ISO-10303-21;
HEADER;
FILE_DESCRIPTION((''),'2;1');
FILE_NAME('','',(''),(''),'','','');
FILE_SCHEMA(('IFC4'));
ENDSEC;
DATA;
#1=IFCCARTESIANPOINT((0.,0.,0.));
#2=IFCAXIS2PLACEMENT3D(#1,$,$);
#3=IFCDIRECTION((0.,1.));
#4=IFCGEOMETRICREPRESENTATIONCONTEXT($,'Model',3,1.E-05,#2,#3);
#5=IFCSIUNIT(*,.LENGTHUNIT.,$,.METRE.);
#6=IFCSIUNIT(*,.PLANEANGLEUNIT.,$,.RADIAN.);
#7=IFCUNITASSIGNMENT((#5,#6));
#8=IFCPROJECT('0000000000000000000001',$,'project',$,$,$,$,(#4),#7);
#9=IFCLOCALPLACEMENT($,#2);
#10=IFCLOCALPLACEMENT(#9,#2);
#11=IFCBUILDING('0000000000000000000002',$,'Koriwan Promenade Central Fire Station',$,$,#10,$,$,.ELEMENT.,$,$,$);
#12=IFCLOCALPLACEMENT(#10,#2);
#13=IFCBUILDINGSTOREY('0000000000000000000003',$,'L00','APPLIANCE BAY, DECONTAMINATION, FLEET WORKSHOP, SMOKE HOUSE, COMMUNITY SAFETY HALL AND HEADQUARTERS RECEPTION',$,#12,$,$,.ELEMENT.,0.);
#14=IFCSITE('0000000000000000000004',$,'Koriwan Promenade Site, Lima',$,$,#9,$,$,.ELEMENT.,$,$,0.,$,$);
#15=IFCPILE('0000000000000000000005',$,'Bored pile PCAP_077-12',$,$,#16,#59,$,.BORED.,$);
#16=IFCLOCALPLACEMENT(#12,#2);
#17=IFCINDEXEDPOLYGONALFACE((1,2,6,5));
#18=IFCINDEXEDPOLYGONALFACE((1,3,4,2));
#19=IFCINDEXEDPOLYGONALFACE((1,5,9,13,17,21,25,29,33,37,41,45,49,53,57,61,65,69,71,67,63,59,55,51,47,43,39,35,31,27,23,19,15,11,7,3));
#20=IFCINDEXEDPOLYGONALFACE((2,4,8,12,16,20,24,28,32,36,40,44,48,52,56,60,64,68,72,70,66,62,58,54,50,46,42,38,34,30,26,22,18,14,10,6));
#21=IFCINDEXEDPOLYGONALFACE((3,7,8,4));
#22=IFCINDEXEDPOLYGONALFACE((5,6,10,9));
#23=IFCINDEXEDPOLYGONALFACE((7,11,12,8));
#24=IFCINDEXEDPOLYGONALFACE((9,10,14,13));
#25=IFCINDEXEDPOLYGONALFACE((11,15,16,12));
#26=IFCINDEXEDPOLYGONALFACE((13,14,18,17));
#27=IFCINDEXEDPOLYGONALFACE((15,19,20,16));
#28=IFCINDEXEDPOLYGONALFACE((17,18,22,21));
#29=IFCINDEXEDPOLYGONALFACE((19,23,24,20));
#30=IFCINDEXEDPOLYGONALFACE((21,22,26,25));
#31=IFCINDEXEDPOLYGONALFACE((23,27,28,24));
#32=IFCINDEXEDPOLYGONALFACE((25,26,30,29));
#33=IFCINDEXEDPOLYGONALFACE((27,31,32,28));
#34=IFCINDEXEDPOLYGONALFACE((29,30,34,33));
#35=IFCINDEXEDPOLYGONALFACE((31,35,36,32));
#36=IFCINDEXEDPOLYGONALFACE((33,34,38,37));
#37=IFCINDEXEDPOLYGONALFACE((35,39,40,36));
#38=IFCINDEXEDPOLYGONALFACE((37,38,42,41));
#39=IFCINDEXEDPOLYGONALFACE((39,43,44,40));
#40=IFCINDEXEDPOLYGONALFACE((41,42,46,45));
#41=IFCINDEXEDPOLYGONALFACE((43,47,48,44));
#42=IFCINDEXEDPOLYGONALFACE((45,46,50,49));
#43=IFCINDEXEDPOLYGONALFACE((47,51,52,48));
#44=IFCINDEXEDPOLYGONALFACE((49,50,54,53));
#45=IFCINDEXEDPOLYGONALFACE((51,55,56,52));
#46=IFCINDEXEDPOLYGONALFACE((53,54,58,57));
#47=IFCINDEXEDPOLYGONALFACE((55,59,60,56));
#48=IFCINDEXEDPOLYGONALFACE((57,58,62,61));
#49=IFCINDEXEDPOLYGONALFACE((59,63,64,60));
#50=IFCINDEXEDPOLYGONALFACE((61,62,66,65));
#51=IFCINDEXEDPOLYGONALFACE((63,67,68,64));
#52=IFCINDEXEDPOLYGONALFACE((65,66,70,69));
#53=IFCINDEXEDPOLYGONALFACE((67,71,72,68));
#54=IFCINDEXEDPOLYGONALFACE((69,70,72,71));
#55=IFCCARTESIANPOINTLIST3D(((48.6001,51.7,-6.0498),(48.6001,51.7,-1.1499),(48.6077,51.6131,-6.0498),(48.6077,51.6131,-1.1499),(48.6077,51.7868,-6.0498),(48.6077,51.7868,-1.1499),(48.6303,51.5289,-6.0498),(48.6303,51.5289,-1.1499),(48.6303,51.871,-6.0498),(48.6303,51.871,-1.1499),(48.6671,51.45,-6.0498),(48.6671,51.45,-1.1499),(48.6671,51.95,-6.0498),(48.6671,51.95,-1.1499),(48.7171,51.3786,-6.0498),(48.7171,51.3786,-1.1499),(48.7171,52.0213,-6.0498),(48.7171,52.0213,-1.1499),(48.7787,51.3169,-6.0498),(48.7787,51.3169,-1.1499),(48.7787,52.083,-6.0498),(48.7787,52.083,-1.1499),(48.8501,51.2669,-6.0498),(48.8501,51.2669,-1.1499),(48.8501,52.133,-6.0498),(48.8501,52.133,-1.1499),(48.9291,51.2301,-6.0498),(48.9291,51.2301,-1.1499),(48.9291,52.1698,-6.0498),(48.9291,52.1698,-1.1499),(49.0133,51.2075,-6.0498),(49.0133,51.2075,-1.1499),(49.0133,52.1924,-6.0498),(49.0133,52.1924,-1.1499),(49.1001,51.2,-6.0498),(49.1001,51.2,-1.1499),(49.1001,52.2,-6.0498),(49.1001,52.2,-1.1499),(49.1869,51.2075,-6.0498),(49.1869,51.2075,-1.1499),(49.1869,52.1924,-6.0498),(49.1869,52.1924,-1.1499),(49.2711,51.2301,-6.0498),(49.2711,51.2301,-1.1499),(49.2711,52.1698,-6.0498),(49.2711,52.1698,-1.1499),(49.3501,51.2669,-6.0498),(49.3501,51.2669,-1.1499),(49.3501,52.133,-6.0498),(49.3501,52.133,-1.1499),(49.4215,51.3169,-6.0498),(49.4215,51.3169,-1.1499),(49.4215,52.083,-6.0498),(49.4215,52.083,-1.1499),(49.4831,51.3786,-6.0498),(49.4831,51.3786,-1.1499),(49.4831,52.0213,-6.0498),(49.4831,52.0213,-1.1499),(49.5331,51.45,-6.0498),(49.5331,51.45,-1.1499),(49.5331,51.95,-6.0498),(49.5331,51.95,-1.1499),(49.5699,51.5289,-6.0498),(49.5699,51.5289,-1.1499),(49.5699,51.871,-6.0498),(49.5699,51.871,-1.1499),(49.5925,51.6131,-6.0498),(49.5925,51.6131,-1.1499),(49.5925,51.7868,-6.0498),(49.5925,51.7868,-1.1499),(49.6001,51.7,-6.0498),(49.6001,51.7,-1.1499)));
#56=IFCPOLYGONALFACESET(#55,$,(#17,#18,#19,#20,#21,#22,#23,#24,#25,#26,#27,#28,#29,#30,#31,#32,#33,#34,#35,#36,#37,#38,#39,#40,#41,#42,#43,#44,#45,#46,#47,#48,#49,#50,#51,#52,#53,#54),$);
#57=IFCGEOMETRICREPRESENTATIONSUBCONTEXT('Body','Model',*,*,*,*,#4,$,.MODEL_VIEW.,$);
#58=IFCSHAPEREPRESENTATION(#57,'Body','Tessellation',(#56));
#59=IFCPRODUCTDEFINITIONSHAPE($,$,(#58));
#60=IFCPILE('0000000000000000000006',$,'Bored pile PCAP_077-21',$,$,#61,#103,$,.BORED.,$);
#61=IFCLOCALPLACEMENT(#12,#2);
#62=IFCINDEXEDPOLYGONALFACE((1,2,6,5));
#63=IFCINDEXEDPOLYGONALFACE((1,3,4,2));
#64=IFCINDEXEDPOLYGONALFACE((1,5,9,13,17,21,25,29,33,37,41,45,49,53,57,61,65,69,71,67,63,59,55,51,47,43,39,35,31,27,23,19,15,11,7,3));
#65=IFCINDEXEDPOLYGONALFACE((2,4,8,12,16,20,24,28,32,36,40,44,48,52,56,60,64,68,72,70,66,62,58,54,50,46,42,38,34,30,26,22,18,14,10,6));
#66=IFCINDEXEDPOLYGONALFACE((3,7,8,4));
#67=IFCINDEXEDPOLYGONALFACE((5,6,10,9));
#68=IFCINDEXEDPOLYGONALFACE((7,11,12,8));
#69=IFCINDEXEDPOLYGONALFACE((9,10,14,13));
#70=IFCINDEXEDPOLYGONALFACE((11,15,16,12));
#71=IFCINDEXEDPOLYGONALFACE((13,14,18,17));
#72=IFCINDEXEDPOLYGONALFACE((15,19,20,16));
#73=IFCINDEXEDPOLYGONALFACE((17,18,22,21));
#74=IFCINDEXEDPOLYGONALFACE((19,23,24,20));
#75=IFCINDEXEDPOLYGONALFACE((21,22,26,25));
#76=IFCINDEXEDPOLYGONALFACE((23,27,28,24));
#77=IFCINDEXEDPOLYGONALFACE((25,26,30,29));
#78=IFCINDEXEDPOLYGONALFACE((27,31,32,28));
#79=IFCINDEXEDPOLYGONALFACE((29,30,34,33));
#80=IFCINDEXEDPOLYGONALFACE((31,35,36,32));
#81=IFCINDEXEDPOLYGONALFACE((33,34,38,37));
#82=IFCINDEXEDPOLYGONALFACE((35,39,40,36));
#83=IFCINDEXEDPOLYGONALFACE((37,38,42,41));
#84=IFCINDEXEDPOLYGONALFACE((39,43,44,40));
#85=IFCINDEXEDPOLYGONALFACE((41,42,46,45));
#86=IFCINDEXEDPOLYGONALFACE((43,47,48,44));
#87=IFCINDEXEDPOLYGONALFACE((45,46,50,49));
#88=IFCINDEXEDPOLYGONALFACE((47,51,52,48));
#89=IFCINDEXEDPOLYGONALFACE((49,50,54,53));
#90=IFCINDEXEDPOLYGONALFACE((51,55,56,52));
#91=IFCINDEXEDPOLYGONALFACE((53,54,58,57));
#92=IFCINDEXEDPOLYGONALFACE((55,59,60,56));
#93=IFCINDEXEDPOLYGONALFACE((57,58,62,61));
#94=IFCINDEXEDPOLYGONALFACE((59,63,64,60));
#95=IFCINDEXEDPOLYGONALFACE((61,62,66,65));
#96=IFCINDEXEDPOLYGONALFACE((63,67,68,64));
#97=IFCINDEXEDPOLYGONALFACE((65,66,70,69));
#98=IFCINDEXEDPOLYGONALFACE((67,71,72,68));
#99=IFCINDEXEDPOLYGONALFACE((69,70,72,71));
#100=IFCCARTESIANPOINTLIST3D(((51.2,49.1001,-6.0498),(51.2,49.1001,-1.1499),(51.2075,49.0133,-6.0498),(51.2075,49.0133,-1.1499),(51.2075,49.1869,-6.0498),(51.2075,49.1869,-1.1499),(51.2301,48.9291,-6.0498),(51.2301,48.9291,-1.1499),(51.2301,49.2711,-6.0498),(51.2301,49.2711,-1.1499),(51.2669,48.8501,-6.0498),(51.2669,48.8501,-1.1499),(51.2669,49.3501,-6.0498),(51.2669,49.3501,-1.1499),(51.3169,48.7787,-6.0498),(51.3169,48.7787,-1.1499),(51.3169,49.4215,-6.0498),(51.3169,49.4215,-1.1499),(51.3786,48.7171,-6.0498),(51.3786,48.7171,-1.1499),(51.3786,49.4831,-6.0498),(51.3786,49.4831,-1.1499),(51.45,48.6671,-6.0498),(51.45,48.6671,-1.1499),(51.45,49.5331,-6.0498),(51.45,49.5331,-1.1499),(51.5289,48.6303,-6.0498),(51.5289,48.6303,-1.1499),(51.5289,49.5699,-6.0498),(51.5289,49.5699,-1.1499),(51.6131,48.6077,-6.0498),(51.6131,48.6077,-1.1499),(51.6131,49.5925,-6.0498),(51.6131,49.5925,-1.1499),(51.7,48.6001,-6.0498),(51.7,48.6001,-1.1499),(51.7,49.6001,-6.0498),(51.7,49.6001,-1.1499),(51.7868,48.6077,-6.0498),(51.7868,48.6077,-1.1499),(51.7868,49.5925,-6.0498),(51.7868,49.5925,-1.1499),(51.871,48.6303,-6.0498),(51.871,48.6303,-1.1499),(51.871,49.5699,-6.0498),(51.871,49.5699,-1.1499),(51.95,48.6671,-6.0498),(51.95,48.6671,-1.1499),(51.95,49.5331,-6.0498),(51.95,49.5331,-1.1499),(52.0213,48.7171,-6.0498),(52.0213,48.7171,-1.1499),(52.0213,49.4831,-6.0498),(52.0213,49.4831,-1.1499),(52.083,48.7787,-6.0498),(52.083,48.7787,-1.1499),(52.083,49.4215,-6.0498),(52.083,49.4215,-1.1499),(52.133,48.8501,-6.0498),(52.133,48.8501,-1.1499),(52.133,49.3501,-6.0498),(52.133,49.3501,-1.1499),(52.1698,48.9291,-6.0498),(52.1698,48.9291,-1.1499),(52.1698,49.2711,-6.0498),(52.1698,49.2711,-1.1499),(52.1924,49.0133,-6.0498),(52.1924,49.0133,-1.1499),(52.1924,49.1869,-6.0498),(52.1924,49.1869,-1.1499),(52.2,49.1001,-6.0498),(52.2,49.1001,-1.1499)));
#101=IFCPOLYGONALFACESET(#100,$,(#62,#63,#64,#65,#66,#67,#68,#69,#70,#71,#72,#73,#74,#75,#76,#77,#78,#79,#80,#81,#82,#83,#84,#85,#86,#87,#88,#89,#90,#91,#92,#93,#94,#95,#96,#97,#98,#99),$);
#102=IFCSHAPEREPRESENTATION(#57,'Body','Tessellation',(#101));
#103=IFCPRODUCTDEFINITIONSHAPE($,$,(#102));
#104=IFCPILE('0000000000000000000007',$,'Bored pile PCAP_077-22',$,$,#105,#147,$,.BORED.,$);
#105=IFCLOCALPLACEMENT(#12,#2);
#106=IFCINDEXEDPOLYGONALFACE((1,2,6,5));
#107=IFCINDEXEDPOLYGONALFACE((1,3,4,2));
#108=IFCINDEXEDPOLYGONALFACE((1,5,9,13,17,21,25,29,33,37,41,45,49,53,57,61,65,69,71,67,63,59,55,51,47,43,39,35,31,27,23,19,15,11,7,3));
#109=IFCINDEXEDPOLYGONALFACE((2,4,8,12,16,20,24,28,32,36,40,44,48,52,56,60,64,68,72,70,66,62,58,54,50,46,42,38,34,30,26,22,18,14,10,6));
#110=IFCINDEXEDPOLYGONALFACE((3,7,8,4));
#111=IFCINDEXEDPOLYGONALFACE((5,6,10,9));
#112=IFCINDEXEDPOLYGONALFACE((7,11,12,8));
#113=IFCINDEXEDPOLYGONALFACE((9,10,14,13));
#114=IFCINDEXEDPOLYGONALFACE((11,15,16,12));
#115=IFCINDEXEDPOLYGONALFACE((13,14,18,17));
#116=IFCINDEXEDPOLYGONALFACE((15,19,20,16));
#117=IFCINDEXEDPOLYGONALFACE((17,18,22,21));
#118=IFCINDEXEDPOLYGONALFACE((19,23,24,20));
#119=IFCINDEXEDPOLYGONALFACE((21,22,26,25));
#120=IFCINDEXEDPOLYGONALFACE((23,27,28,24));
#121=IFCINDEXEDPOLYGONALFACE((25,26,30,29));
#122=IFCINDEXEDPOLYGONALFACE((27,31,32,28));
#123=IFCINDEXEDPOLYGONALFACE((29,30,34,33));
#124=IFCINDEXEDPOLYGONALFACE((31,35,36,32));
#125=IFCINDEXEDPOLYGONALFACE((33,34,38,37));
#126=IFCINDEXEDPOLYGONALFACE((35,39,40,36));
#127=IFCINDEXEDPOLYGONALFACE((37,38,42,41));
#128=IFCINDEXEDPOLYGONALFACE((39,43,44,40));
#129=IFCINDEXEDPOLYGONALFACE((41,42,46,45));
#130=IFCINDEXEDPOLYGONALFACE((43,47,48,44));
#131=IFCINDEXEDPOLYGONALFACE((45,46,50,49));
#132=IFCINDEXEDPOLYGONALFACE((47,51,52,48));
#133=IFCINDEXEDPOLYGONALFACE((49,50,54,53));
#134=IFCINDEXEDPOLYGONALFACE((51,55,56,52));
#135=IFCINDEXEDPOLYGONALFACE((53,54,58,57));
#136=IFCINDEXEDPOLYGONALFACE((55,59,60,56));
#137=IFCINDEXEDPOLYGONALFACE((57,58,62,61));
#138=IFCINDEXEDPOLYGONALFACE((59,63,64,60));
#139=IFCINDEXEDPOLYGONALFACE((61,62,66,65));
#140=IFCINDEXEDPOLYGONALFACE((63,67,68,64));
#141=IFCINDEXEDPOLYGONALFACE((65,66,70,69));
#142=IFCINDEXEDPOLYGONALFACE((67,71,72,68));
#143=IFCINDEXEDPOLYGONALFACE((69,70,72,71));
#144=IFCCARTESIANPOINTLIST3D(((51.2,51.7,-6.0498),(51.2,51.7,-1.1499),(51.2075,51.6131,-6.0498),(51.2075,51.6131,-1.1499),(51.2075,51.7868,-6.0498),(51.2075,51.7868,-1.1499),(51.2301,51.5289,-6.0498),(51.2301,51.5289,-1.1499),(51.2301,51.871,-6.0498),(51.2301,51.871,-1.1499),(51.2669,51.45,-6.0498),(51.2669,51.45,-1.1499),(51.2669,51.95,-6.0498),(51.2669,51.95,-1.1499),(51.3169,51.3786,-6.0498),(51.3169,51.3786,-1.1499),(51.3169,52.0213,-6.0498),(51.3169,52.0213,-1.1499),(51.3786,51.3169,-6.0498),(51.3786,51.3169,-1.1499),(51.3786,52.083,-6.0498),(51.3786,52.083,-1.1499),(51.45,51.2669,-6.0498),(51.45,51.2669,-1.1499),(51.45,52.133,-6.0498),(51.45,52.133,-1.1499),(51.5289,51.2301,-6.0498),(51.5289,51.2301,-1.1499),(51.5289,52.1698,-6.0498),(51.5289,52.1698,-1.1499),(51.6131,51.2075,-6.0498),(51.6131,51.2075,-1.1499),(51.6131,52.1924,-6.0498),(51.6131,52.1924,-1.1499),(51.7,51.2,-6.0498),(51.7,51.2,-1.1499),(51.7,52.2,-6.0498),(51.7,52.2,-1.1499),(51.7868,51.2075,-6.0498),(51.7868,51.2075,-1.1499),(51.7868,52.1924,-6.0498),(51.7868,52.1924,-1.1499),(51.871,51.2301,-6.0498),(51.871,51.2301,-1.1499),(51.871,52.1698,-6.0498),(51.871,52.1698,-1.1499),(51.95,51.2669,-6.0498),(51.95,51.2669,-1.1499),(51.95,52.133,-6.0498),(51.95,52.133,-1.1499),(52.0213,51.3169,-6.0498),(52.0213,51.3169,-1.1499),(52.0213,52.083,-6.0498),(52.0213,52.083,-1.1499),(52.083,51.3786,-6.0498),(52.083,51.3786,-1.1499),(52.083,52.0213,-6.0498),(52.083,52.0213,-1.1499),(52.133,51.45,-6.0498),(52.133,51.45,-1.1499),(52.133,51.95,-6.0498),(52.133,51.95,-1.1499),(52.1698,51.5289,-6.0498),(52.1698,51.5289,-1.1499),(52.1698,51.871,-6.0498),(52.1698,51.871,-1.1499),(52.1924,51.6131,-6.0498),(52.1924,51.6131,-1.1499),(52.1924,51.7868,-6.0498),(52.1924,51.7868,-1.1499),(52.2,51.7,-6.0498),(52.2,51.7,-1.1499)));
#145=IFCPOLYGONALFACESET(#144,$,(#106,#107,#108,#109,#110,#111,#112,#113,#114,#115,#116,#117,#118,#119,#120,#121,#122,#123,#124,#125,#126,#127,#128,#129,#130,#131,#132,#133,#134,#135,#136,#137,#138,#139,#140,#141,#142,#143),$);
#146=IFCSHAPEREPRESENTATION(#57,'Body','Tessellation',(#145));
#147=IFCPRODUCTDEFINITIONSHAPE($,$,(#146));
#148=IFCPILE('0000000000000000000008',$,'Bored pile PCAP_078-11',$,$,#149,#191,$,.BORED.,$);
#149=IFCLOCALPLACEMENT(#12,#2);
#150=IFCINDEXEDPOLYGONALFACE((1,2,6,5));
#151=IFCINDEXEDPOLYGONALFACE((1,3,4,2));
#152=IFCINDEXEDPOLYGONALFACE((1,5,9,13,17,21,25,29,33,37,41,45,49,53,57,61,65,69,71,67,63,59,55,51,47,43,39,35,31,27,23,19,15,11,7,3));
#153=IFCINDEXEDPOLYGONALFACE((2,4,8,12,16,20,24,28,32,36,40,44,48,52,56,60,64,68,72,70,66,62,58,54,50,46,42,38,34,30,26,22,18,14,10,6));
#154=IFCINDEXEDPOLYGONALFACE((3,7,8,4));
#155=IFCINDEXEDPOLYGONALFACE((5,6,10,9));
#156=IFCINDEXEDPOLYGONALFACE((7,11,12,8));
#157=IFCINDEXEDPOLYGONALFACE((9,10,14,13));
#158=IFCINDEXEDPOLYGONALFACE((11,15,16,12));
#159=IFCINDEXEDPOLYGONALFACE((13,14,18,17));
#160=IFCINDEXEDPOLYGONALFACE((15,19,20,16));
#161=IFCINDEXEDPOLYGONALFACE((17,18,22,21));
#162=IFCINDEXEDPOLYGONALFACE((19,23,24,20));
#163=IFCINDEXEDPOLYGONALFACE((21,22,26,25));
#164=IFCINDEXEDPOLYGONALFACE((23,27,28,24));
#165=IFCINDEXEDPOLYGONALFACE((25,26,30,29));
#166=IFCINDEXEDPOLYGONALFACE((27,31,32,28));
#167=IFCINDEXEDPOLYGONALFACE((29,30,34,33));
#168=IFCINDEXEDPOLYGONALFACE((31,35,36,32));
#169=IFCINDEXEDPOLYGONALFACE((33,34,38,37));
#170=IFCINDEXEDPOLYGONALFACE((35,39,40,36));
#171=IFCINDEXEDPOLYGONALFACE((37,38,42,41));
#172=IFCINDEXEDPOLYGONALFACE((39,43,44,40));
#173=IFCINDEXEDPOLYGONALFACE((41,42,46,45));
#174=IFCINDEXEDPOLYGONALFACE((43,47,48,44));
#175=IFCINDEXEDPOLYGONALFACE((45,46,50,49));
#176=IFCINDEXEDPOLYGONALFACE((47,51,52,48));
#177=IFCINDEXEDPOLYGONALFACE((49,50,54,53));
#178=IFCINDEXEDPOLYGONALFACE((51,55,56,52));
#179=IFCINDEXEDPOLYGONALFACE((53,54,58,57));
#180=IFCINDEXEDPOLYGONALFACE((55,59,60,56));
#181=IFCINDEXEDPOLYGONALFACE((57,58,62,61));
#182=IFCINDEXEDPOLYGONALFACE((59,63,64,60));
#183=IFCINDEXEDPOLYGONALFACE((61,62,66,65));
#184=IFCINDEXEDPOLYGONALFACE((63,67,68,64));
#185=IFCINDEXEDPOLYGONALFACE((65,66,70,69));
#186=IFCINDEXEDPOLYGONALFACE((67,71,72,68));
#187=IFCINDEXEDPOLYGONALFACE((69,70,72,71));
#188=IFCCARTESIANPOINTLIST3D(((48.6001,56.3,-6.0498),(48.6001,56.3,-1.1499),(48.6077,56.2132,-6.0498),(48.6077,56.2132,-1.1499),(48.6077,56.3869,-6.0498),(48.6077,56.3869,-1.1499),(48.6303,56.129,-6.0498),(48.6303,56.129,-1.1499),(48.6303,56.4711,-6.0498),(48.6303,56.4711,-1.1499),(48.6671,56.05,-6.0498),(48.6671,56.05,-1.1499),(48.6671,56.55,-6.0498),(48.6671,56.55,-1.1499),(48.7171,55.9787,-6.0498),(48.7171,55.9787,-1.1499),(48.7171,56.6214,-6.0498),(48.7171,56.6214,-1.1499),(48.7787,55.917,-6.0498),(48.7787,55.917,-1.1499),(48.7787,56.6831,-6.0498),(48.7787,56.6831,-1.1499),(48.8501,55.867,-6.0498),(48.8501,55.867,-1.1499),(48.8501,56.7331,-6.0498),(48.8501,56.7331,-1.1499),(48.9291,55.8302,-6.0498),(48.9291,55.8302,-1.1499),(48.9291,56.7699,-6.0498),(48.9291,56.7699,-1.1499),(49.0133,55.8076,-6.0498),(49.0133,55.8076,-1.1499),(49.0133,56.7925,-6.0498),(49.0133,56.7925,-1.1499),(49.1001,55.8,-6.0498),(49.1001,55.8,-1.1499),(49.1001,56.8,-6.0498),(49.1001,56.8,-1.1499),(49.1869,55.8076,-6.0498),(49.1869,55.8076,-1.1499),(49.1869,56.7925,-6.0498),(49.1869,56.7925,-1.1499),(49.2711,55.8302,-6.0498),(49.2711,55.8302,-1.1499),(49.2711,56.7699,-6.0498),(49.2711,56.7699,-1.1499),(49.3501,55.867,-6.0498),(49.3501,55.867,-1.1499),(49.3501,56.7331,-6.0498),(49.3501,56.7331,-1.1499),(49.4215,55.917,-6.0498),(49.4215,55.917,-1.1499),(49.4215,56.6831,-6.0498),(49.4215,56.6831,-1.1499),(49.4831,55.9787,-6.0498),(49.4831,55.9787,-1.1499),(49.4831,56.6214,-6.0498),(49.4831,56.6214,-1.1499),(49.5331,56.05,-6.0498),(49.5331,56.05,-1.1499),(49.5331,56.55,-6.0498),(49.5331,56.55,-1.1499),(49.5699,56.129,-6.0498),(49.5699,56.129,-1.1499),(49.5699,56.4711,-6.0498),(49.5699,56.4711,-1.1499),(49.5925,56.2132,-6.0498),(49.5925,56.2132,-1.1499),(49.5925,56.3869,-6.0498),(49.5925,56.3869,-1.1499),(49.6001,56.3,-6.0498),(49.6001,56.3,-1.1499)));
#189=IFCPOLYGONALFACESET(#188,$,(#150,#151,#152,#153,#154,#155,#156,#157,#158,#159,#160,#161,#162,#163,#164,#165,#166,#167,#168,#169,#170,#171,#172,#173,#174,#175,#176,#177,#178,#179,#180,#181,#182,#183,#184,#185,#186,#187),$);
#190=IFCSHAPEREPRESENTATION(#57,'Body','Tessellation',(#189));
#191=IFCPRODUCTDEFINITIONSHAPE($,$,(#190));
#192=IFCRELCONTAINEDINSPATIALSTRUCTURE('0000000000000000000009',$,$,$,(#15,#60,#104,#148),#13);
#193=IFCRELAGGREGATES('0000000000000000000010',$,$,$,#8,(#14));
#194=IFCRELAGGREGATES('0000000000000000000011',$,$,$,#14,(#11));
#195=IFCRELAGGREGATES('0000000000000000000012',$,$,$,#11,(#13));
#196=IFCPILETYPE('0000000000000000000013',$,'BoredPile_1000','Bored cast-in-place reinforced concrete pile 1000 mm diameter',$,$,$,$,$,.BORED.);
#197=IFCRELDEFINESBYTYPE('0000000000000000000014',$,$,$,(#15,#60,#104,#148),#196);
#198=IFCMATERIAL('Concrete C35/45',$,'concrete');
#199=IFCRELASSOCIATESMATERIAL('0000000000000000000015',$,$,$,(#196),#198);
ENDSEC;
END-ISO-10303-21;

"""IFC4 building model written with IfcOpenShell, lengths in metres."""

from ifc_helpers import new_model, si_unit, direction, frame, origin, origin_2d, place, context, subcontext, project, spatial, circle, extrude, material, material_profile, profile_set, type_object, element, save


model = new_model("IFC4")

# Units and contexts
model_context = context("Model", 3, precision=1e-05, world=origin(), true_north=direction((0.0, 1.0)))
body_context = subcontext(model_context, "Body", "Model", "MODEL_VIEW")
ifc_project = project(units=[si_unit("LENGTHUNIT", "METRE"), si_unit("PLANEANGLEUNIT", "RADIAN")], contexts=[model_context])

# Site, building, storey
site_placement = place(None, origin())
site = spatial("IfcSite", under=ifc_project, at=site_placement, Name="Koriwan Promenade Site, Lima", CompositionType="ELEMENT", RefElevation=0.0)
building_placement = place(site_placement, origin())
building = spatial("IfcBuilding", under=site, at=building_placement, Name="Koriwan Promenade Central Fire Station", CompositionType="ELEMENT")
storey_placement = place(building_placement, origin())
storey = spatial("IfcBuildingStorey", under=building, at=storey_placement, Name="L00", Description="APPLIANCE BAY, DECONTAMINATION, FLEET WORKSHOP, SMOKE HOUSE, COMMUNITY SAFETY HALL AND HEADQUARTERS RECEPTION", CompositionType="ELEMENT", Elevation=0.0)

# Piles
ifc_material_1 = material(Name="Concrete C35/45", Category="concrete")
ifc_material_profile_1 = material_profile(ifc_material_1, circle(Radius=0.5, at=origin_2d()), Name="PILE-D1000")
ifc_profile_set_1 = profile_set([ifc_material_profile_1], Name="Concrete C35/45")
pile_type = type_object("IfcPileType", Name="BoredPile_1000", Description="Bored cast-in-place reinforced concrete pile 1000 mm diameter", PredefinedType="BORED", material=ifc_profile_set_1)
for number, where, z_axis, x_axis, name in (
    (1, (49.1001, 51.7, -1.1499), (0.0, 0.0, -1.0), (1.0, 0.0, 0.0), "Bored pile PCAP_077-12"),
    (2, (51.7, 49.1001, -1.1499), (0.0, 0.0, -1.0), (1.0, 0.0, 0.0), "Bored pile PCAP_077-21"),
    (3, (51.7, 51.7, -1.1499), (0.0, 0.0, -1.0), (1.0, 0.0, 0.0), "Bored pile PCAP_077-22"),
    (4, (49.1001, 56.3, -1.1499), (0.0, 0.0, -1.0), (1.0, 0.0, 0.0), "Bored pile PCAP_078-11"),
):
    element("IfcPile", number, at=place(storey_placement, frame(where, z_axis=z_axis, x_axis=x_axis)), inside=storey, type_object=pile_type, Name=name, PredefinedType="BORED", context=body_context, shape_type="SweptSolid", body=[
        extrude(circle(Radius=0.5, at=origin_2d()), origin(), (0.0, 0.0, 1.0), 4.8999),
    ])

save(model, "model.ifc")
